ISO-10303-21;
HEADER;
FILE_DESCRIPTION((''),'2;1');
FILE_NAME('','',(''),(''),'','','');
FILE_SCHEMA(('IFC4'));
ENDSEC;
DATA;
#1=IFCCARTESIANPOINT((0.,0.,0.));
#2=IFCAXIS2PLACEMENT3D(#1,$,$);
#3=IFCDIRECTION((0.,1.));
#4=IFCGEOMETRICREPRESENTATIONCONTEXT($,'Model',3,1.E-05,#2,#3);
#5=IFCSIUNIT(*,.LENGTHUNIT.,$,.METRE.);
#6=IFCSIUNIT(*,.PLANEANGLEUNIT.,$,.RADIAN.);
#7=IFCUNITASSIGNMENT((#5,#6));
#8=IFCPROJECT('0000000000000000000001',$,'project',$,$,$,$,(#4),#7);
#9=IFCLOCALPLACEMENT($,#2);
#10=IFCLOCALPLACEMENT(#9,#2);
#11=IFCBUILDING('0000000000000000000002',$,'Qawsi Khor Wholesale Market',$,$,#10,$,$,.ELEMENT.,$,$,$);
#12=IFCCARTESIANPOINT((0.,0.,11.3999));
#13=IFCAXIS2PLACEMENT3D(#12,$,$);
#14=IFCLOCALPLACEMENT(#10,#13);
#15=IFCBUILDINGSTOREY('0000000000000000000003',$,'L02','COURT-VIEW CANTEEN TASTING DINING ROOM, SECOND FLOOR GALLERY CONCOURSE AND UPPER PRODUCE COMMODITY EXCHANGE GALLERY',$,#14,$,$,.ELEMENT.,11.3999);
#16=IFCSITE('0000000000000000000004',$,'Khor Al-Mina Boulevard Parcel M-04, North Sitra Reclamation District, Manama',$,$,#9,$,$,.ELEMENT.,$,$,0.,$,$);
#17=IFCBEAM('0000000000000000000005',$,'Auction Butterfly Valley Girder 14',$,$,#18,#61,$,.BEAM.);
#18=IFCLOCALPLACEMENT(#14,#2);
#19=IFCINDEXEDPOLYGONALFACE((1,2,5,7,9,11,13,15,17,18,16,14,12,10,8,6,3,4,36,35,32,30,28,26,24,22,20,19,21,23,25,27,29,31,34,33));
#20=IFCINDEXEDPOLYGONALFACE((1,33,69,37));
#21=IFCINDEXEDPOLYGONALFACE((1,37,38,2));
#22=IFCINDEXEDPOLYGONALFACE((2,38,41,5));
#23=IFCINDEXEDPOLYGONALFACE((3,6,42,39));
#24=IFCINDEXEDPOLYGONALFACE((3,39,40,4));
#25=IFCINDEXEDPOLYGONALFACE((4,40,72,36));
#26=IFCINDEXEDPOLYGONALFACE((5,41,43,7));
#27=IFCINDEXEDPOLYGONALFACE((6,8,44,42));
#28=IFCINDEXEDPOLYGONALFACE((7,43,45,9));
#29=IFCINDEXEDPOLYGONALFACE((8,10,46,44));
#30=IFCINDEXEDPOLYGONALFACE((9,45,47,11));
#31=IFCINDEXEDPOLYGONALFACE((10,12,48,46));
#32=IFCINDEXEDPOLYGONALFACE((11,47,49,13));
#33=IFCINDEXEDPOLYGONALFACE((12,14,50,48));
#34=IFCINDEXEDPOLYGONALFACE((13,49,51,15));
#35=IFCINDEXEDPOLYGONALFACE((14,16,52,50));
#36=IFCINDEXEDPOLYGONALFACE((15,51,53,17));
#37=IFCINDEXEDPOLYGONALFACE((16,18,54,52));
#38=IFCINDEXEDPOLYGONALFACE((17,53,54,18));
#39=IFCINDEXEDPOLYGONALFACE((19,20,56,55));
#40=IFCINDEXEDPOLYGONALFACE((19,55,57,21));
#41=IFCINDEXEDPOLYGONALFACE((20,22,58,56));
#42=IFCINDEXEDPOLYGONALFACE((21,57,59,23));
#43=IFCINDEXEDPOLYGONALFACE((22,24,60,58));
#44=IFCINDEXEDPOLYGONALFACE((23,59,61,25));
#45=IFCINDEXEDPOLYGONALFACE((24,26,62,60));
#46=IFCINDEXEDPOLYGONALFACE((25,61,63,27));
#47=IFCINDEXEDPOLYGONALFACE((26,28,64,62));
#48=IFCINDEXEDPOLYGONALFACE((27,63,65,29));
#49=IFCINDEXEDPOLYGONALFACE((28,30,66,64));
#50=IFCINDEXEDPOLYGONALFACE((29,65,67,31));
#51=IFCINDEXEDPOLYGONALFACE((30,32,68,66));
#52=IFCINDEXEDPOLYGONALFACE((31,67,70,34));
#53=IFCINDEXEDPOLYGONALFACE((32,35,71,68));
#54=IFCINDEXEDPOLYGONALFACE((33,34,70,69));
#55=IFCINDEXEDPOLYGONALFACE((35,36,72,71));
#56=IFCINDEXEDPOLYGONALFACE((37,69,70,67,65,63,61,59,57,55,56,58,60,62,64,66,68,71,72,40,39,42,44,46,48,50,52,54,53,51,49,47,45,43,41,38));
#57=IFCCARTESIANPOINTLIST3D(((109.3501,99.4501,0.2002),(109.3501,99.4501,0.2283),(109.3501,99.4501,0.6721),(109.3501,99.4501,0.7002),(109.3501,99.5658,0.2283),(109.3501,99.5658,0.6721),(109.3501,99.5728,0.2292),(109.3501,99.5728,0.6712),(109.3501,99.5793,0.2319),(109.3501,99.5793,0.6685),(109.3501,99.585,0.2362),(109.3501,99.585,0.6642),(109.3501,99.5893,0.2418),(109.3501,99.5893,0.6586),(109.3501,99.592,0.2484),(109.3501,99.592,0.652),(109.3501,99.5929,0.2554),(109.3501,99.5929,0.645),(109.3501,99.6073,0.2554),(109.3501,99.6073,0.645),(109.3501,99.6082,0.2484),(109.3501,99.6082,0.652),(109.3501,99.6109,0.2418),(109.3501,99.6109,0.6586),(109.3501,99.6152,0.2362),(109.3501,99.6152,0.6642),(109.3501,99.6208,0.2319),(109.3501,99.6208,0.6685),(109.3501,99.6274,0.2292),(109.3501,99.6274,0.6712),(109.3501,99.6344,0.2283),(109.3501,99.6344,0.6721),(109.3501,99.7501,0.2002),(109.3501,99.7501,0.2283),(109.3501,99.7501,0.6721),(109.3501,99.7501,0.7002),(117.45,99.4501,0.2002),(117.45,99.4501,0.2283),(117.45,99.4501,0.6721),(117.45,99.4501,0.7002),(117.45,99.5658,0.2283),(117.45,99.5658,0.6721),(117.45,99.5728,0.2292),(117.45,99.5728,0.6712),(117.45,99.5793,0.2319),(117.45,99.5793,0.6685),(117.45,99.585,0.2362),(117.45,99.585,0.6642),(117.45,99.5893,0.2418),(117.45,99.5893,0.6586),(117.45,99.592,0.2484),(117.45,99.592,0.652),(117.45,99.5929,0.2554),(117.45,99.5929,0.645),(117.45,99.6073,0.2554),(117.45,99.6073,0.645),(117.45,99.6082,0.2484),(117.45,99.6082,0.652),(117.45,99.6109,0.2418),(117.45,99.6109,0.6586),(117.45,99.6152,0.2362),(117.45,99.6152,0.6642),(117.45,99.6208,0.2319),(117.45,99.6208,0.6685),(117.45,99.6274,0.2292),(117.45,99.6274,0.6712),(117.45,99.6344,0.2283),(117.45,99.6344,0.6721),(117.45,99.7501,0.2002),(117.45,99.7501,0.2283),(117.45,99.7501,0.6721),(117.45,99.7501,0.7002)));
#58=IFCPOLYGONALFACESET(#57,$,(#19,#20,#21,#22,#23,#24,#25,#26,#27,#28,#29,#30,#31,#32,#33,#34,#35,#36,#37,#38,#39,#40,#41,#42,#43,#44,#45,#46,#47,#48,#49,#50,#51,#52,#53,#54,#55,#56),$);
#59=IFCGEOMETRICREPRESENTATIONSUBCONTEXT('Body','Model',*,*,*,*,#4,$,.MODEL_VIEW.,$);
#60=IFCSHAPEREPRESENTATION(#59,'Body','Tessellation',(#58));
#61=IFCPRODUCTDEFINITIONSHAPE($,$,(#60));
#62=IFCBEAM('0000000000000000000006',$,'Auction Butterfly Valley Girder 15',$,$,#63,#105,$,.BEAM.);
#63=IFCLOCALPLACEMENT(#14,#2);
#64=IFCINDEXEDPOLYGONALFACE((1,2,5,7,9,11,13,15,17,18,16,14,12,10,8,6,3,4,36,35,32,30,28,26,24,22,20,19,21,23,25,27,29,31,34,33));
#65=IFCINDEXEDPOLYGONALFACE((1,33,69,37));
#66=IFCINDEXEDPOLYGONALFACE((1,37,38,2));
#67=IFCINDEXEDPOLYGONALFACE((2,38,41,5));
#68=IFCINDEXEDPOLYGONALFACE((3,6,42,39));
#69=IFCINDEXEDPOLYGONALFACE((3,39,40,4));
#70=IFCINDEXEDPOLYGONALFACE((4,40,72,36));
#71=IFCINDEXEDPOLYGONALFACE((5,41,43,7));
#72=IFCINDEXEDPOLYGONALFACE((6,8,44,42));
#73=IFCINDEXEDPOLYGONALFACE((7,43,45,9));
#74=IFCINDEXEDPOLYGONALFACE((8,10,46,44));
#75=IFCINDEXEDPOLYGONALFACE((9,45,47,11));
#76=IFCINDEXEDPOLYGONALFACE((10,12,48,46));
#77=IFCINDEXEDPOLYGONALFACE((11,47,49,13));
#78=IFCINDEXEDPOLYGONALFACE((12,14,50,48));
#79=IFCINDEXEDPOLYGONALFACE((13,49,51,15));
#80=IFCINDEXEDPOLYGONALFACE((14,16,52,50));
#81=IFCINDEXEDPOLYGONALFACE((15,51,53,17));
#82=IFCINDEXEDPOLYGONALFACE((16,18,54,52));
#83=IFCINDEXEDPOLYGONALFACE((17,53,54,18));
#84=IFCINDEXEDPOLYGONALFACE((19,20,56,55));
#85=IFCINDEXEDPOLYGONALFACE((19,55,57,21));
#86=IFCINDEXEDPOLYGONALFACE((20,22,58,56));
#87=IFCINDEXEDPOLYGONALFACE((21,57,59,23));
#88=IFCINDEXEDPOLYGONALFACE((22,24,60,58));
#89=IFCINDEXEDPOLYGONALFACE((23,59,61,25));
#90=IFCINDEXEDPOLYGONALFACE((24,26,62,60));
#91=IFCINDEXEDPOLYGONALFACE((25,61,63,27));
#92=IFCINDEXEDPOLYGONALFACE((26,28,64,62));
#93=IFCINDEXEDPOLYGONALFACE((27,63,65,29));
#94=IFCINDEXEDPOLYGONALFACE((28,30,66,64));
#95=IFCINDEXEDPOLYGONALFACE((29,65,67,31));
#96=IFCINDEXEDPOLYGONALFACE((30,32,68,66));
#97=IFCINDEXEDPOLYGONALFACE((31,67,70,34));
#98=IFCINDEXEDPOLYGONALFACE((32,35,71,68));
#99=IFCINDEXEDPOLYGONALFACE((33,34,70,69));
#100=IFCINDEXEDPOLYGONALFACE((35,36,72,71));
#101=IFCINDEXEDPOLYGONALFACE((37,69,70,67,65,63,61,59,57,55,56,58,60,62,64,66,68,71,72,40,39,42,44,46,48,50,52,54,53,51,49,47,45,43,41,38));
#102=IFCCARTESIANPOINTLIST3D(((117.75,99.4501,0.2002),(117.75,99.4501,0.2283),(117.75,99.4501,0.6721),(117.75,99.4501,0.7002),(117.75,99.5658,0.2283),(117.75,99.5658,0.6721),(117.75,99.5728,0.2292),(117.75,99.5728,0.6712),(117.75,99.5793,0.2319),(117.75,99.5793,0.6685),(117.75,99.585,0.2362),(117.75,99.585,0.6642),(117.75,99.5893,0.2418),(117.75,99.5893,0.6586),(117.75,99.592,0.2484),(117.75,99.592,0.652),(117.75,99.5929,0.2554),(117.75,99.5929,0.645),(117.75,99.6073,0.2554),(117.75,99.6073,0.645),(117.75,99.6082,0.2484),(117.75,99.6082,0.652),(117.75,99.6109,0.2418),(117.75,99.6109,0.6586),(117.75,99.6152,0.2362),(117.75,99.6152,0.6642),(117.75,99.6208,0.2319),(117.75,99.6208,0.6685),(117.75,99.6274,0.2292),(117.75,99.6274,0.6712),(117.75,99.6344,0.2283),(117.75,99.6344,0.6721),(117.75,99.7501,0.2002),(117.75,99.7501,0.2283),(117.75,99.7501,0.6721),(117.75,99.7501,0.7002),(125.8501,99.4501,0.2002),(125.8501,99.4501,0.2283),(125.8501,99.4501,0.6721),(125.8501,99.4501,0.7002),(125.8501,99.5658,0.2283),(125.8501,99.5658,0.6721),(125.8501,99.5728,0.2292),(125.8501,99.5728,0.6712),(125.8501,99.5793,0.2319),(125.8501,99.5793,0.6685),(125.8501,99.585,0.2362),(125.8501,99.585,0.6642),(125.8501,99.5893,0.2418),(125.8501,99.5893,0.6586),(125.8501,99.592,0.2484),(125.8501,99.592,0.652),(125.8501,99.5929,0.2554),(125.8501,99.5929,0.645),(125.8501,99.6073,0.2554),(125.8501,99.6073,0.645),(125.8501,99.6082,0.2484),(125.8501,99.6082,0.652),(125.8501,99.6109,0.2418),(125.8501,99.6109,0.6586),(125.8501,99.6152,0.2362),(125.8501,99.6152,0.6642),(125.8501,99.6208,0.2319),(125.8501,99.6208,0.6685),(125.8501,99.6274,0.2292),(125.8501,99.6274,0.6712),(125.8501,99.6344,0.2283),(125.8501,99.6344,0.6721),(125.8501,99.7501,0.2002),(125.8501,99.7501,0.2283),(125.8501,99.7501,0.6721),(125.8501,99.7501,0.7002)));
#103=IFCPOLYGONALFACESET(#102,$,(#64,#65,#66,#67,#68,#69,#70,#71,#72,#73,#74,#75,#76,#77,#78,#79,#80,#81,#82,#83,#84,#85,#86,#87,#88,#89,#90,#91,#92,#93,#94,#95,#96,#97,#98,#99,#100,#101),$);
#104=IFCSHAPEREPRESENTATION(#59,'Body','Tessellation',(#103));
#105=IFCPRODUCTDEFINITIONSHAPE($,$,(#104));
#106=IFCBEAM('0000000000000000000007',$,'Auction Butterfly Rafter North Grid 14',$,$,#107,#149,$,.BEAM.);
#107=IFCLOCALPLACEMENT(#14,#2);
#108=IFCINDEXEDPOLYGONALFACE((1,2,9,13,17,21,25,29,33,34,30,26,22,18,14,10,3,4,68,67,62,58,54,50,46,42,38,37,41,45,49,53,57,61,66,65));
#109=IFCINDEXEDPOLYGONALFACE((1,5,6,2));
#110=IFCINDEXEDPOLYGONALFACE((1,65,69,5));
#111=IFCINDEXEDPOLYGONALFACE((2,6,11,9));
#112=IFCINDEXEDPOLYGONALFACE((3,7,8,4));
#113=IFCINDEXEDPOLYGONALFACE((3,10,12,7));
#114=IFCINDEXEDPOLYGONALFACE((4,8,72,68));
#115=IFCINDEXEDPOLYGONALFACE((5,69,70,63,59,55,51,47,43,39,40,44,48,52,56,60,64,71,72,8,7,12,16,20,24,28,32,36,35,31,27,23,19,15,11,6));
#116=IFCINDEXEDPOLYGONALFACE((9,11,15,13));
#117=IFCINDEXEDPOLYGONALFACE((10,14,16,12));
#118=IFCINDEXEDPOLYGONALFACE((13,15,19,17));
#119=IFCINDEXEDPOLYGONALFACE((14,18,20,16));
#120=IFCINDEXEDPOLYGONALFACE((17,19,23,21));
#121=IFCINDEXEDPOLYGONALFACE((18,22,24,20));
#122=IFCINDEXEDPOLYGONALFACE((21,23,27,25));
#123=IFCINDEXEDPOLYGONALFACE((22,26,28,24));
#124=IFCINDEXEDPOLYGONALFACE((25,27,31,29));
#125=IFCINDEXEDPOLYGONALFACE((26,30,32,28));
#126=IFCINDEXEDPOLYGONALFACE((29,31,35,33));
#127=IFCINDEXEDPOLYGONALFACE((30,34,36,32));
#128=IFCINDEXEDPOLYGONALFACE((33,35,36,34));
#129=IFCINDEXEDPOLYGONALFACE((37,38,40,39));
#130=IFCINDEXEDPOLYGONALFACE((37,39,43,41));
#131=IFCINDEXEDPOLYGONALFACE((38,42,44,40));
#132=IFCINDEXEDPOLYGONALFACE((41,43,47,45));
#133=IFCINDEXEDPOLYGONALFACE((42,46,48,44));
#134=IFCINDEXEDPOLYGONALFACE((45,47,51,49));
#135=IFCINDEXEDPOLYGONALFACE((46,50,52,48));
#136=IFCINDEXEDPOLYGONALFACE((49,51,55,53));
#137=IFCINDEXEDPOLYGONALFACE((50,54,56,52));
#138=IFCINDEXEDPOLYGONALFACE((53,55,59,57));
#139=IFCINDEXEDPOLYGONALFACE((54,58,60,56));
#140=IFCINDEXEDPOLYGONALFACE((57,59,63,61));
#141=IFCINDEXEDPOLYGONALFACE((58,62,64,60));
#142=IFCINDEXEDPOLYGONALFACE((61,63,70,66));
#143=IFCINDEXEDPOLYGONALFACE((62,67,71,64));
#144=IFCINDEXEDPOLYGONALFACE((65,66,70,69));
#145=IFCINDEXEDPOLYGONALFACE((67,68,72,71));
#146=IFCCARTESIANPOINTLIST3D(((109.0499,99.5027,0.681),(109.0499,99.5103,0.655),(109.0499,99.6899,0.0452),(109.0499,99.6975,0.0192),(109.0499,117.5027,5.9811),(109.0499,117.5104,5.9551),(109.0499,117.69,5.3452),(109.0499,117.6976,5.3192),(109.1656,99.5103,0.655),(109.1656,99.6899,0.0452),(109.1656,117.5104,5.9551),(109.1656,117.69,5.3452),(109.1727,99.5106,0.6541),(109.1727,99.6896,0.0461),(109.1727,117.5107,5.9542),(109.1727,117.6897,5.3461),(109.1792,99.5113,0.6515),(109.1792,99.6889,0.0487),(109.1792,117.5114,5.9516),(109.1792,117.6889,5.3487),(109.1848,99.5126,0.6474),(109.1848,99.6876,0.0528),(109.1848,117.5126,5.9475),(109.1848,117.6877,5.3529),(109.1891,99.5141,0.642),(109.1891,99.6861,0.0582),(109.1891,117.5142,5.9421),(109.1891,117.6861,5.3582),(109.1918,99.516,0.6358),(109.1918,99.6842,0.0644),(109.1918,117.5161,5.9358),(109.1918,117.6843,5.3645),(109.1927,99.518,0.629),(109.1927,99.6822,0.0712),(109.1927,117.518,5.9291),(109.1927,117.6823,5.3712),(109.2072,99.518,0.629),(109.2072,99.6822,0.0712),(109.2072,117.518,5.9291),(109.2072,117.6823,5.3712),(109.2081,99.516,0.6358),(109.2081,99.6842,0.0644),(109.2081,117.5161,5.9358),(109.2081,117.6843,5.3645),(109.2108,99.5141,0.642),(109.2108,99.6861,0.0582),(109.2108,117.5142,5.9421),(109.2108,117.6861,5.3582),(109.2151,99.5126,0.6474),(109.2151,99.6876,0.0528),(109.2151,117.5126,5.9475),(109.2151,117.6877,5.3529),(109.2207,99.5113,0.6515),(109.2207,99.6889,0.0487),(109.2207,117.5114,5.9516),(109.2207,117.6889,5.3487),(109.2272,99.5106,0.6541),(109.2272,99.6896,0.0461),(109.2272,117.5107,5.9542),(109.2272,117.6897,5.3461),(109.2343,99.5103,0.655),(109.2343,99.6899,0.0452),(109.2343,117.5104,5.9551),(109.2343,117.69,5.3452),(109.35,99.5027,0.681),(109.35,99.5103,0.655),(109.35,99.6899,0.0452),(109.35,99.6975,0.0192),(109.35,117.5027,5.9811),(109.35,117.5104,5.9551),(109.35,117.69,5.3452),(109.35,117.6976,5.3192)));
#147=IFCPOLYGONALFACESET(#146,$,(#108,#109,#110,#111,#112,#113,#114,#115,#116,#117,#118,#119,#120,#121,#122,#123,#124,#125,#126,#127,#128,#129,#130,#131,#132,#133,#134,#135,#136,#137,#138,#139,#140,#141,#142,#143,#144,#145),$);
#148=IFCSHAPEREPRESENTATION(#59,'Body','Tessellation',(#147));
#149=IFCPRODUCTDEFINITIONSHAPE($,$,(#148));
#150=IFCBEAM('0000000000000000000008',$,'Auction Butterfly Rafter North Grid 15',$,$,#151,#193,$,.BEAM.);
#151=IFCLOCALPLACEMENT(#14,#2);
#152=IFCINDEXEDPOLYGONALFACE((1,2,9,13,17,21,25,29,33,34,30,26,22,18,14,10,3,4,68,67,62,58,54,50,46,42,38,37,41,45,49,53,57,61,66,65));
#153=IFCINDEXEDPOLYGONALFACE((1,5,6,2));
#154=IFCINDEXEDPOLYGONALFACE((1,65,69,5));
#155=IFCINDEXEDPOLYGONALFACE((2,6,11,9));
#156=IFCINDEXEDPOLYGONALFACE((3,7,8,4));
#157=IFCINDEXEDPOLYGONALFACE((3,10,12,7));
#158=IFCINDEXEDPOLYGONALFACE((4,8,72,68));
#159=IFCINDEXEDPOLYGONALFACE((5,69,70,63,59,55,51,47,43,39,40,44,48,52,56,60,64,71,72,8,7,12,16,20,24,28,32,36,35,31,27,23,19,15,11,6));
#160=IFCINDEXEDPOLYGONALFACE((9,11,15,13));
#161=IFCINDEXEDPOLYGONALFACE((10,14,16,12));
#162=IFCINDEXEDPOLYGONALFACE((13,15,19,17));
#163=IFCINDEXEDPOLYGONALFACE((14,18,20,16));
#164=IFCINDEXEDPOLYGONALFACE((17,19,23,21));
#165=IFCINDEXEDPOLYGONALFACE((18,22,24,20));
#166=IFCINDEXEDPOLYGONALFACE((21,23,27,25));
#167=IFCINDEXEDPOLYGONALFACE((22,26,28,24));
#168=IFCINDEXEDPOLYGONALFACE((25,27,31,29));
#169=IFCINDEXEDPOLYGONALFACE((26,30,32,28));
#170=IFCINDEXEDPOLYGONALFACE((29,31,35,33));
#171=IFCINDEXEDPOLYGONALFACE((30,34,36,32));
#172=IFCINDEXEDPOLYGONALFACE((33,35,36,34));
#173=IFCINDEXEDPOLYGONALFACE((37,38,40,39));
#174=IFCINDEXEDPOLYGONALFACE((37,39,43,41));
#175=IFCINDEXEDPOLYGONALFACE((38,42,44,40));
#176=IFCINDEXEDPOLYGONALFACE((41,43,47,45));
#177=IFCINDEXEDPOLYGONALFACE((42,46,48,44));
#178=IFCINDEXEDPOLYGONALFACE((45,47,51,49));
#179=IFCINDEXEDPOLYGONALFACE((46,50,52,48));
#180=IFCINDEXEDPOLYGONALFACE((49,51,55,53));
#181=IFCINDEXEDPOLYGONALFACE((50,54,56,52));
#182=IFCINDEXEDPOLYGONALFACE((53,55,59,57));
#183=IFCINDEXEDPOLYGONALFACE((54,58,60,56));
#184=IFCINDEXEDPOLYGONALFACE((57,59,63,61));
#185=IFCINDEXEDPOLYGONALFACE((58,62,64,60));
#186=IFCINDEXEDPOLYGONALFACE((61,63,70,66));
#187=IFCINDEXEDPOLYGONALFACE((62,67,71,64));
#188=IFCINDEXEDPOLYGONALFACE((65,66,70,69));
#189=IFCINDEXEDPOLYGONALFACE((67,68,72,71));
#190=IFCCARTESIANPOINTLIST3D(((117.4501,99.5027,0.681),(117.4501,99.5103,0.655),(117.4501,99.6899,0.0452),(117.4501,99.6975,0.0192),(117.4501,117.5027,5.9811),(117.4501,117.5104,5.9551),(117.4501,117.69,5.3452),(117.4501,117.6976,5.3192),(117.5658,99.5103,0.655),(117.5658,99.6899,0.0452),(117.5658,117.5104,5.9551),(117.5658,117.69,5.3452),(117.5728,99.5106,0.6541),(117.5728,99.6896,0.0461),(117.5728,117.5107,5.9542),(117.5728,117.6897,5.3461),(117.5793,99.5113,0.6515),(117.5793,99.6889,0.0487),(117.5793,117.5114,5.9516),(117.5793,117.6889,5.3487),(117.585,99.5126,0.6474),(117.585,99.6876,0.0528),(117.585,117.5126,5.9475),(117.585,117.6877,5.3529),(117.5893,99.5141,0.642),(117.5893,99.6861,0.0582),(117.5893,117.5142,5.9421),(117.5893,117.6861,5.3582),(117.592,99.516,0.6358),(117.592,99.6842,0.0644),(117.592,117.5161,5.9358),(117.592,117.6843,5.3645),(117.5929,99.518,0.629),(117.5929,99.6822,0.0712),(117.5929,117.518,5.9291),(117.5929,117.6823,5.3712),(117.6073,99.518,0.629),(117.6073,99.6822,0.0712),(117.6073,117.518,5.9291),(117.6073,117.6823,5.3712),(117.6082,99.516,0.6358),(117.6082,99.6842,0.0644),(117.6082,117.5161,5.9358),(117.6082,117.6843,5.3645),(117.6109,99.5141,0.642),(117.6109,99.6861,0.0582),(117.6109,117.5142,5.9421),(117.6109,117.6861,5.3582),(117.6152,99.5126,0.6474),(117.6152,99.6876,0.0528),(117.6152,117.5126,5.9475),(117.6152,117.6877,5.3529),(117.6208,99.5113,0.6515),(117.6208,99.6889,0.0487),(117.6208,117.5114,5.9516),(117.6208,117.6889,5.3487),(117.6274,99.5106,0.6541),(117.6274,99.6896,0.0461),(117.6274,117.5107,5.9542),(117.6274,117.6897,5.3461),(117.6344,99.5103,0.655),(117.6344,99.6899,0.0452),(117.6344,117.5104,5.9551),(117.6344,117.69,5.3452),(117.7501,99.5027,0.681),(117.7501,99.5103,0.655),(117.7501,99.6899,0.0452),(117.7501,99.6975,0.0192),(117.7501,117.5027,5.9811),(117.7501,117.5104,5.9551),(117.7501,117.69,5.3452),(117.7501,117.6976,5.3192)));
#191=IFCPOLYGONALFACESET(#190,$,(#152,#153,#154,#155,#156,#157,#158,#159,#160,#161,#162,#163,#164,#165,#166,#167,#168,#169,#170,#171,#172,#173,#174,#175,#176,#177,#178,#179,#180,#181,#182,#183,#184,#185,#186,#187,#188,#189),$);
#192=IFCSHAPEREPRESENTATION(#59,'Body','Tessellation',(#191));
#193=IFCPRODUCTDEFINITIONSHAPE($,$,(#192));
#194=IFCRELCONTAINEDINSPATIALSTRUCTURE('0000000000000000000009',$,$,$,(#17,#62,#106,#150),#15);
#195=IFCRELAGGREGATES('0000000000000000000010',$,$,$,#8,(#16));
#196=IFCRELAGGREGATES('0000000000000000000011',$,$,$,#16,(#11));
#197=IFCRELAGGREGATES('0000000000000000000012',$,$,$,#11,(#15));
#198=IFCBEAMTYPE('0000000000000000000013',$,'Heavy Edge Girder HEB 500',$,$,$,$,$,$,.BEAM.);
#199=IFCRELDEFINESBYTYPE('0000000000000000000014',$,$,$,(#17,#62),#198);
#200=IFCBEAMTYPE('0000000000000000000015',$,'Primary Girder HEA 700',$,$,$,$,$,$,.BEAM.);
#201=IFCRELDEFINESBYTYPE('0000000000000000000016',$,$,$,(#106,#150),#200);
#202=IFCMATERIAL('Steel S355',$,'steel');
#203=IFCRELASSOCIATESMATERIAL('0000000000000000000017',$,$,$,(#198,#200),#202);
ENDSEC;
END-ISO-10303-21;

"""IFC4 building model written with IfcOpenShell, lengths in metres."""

from ifc_helpers import new_model, si_unit, direction, frame, origin, origin_2d, place, context, subcontext, project, spatial, i_section, extrude, material, material_profile, profile_set, type_object, element, save


model = new_model("IFC4")

# Units and contexts
model_context = context("Model", 3, precision=1e-05, world=origin(), true_north=direction((0.0, 1.0)))
body_context = subcontext(model_context, "Body", "Model", "MODEL_VIEW")
ifc_project = project(units=[si_unit("LENGTHUNIT", "METRE"), si_unit("PLANEANGLEUNIT", "RADIAN")], contexts=[model_context])

# Site, building, storey
site_placement = place(None, origin())
site = spatial("IfcSite", under=ifc_project, at=site_placement, Name="Khor Al-Mina Boulevard Parcel M-04, North Sitra Reclamation District, Manama", CompositionType="ELEMENT", RefElevation=0.0)
building_placement = place(site_placement, origin())
building = spatial("IfcBuilding", under=site, at=building_placement, Name="Qawsi Khor Wholesale Market", CompositionType="ELEMENT")
storey_placement = place(building_placement, frame((0.0, 0.0, 11.3999)))
storey = spatial("IfcBuildingStorey", under=building, at=storey_placement, Name="L02", Description="COURT-VIEW CANTEEN TASTING DINING ROOM, SECOND FLOOR GALLERY CONCOURSE AND UPPER PRODUCE COMMODITY EXCHANGE GALLERY", CompositionType="ELEMENT", Elevation=11.3999)

# Shared definitions
ifc_material_1 = material(Name="Steel S355", Category="steel")

# Beams
ifc_material_profile_1 = material_profile(ifc_material_1, i_section(OverallWidth=0.3, OverallDepth=0.5, WebThickness=0.0144, FlangeThickness=0.0281, FilletRadius=0.0271, at=origin_2d()), Name="HEB 500")
ifc_profile_set_1 = profile_set([ifc_material_profile_1], Name="Steel S355")
beam_type_1 = type_object("IfcBeamType", Name="Heavy Edge Girder HEB 500", PredefinedType="BEAM", material=ifc_profile_set_1)
beam_1_placement = place(storey_placement, frame((109.3501, 99.6001, 0.4502), z_axis=(1.0, 0.0, 0.0), x_axis=(0.0, 1.0, 0.0)))
element("IfcBeam", 1, at=beam_1_placement, inside=storey, type_object=beam_type_1, Name="Auction Butterfly Valley Girder 14", PredefinedType="BEAM", context=body_context, shape_type="SweptSolid", body=[
    extrude(i_section(OverallWidth=0.3, OverallDepth=0.5, WebThickness=0.0144, FlangeThickness=0.0281, FilletRadius=0.0271, at=origin_2d()), origin(), (0.0, 0.0, 1.0), 8.0999),
])
beam_2_placement = place(storey_placement, frame((117.75, 99.6001, 0.4502), z_axis=(1.0, 0.0, 0.0), x_axis=(0.0, 1.0, 0.0)))
element("IfcBeam", 2, at=beam_2_placement, inside=storey, type_object=beam_type_1, Name="Auction Butterfly Valley Girder 15", PredefinedType="BEAM", context=body_context, shape_type="SweptSolid", body=[
    extrude(i_section(OverallWidth=0.3, OverallDepth=0.5, WebThickness=0.0144, FlangeThickness=0.0281, FilletRadius=0.0271, at=origin_2d()), origin(), (0.0, 0.0, 1.0), 8.1001),
])
ifc_material_profile_2 = material_profile(ifc_material_1, i_section(OverallWidth=0.3, OverallDepth=0.6899, WebThickness=0.0144, FlangeThickness=0.0271, FilletRadius=0.0271, at=origin_2d()), Name="HEA 700")
ifc_profile_set_2 = profile_set([ifc_material_profile_2], Name="Steel S355")
beam_type_2 = type_object("IfcBeamType", Name="Primary Girder HEA 700", PredefinedType="BEAM", material=ifc_profile_set_2)
for number, where, z_axis, x_axis, name in (
    (3, (109.2, 99.6001, 0.3501), (0.0, 0.95928, 0.282457), (-1.0, 0.0, 0.0), "Auction Butterfly Rafter North Grid 14"),
    (4, (117.6001, 99.6001, 0.3501), (0.0, 0.95928, 0.282457), (-1.0, 0.0, 0.0), "Auction Butterfly Rafter North Grid 15"),
):
    element("IfcBeam", number, at=place(storey_placement, frame(where, z_axis=z_axis, x_axis=x_axis)), inside=storey, type_object=beam_type_2, Name=name, PredefinedType="BEAM", context=body_context, shape_type="SweptSolid", body=[
        extrude(i_section(OverallWidth=0.3, OverallDepth=0.6899, WebThickness=0.0144, FlangeThickness=0.0271, FilletRadius=0.0271, at=origin_2d()), origin(), (0.0, 0.0, 1.0), 18.7642),
    ])

save(model, "model.ifc")
